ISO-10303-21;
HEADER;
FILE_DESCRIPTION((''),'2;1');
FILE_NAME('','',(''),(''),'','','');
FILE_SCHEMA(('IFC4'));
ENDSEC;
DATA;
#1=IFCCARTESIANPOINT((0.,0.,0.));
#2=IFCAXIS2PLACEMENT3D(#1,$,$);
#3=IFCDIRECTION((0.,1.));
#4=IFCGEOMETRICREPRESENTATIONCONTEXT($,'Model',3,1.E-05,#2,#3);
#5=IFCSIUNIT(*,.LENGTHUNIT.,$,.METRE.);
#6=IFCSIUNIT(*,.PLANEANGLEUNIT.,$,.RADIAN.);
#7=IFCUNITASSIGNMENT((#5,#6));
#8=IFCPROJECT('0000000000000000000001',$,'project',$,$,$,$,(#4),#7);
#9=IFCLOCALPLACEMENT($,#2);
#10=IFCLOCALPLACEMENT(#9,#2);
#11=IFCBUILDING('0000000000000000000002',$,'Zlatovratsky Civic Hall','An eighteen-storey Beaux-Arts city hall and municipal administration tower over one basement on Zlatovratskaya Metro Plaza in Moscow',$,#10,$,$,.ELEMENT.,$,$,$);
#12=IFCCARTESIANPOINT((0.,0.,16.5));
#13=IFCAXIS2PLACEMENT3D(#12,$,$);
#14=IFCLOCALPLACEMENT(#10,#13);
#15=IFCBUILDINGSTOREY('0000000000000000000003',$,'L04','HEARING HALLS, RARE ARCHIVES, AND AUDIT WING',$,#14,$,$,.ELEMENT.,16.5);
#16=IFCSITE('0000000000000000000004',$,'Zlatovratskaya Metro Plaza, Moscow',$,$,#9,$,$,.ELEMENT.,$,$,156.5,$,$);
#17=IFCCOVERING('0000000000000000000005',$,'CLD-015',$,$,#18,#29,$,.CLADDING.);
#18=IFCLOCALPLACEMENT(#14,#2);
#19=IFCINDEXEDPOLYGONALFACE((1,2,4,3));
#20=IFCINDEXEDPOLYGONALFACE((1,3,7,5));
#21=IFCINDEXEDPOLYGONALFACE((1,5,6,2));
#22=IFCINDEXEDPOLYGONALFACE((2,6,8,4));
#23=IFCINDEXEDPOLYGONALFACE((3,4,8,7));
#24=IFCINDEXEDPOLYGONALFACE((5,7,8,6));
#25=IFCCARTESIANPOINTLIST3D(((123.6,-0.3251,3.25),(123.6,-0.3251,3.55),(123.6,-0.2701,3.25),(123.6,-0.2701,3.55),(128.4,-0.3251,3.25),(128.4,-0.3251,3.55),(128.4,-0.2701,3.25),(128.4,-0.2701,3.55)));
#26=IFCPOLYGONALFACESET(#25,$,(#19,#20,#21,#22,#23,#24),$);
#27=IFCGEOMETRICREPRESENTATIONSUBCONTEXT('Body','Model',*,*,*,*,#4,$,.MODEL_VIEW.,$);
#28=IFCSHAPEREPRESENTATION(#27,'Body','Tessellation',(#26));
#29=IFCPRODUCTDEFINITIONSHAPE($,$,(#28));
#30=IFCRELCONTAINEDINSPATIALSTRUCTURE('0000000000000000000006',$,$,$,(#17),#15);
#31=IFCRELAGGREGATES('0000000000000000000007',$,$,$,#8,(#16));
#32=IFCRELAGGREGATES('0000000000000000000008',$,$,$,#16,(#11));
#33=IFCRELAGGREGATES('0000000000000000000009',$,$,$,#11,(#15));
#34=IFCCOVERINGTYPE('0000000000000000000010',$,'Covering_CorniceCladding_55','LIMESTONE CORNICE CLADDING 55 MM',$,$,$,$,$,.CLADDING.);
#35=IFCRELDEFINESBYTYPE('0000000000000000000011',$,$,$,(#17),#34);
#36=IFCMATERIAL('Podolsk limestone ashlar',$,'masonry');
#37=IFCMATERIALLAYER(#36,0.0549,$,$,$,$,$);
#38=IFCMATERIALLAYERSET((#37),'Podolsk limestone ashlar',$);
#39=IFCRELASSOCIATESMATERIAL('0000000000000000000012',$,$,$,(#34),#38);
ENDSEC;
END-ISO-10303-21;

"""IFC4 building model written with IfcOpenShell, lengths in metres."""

from ifc_helpers import new_model, si_unit, direction, frame, origin, origin_2d, place, context, subcontext, project, spatial, rectangle, extrude, material, layer, layer_set, type_object, element, save


model = new_model("IFC4")

# Units and contexts
model_context = context("Model", 3, precision=1e-05, world=origin(), true_north=direction((0.0, 1.0)))
body_context = subcontext(model_context, "Body", "Model", "MODEL_VIEW")
ifc_project = project(units=[si_unit("LENGTHUNIT", "METRE"), si_unit("PLANEANGLEUNIT", "RADIAN")], contexts=[model_context])

# Site, building, storey
site_placement = place(None, origin())
site = spatial("IfcSite", under=ifc_project, at=site_placement, Name="Zlatovratskaya Metro Plaza, Moscow", CompositionType="ELEMENT", RefElevation=156.5)
building_placement = place(site_placement, origin())
building = spatial("IfcBuilding", under=site, at=building_placement, Name="Zlatovratsky Civic Hall", Description="An eighteen-storey Beaux-Arts city hall and municipal administration tower over one basement on Zlatovratskaya Metro Plaza in Moscow", CompositionType="ELEMENT")
storey_placement = place(building_placement, frame((0.0, 0.0, 16.5)))
storey = spatial("IfcBuildingStorey", under=building, at=storey_placement, Name="L04", Description="HEARING HALLS, RARE ARCHIVES, AND AUDIT WING", CompositionType="ELEMENT", Elevation=16.5)

# Covering
ifc_material_1 = material(Name="Podolsk limestone ashlar", Category="masonry")
ifc_layer_1 = layer(ifc_material_1, 0.0549)
ifc_layer_set_1 = layer_set([ifc_layer_1], Name="Podolsk limestone ashlar")
covering_type = type_object("IfcCoveringType", Name="Covering_CorniceCladding_55", Description="LIMESTONE CORNICE CLADDING 55 MM", PredefinedType="CLADDING", material=ifc_layer_set_1)
covering_placement = place(storey_placement, frame((126.0, -0.2976, 3.25), z_axis=(0.0, 0.0, 1.0), x_axis=(1.0, 0.0, 0.0)))
element("IfcCovering", 1, at=covering_placement, inside=storey, type_object=covering_type, Name="CLD-015", PredefinedType="CLADDING", context=body_context, shape_type="SweptSolid", body=[
    extrude(rectangle(XDim=4.8, YDim=0.0549, at=origin_2d()), origin(), (0.0, 0.0, 1.0), 0.3),
])

save(model, "model.ifc")
